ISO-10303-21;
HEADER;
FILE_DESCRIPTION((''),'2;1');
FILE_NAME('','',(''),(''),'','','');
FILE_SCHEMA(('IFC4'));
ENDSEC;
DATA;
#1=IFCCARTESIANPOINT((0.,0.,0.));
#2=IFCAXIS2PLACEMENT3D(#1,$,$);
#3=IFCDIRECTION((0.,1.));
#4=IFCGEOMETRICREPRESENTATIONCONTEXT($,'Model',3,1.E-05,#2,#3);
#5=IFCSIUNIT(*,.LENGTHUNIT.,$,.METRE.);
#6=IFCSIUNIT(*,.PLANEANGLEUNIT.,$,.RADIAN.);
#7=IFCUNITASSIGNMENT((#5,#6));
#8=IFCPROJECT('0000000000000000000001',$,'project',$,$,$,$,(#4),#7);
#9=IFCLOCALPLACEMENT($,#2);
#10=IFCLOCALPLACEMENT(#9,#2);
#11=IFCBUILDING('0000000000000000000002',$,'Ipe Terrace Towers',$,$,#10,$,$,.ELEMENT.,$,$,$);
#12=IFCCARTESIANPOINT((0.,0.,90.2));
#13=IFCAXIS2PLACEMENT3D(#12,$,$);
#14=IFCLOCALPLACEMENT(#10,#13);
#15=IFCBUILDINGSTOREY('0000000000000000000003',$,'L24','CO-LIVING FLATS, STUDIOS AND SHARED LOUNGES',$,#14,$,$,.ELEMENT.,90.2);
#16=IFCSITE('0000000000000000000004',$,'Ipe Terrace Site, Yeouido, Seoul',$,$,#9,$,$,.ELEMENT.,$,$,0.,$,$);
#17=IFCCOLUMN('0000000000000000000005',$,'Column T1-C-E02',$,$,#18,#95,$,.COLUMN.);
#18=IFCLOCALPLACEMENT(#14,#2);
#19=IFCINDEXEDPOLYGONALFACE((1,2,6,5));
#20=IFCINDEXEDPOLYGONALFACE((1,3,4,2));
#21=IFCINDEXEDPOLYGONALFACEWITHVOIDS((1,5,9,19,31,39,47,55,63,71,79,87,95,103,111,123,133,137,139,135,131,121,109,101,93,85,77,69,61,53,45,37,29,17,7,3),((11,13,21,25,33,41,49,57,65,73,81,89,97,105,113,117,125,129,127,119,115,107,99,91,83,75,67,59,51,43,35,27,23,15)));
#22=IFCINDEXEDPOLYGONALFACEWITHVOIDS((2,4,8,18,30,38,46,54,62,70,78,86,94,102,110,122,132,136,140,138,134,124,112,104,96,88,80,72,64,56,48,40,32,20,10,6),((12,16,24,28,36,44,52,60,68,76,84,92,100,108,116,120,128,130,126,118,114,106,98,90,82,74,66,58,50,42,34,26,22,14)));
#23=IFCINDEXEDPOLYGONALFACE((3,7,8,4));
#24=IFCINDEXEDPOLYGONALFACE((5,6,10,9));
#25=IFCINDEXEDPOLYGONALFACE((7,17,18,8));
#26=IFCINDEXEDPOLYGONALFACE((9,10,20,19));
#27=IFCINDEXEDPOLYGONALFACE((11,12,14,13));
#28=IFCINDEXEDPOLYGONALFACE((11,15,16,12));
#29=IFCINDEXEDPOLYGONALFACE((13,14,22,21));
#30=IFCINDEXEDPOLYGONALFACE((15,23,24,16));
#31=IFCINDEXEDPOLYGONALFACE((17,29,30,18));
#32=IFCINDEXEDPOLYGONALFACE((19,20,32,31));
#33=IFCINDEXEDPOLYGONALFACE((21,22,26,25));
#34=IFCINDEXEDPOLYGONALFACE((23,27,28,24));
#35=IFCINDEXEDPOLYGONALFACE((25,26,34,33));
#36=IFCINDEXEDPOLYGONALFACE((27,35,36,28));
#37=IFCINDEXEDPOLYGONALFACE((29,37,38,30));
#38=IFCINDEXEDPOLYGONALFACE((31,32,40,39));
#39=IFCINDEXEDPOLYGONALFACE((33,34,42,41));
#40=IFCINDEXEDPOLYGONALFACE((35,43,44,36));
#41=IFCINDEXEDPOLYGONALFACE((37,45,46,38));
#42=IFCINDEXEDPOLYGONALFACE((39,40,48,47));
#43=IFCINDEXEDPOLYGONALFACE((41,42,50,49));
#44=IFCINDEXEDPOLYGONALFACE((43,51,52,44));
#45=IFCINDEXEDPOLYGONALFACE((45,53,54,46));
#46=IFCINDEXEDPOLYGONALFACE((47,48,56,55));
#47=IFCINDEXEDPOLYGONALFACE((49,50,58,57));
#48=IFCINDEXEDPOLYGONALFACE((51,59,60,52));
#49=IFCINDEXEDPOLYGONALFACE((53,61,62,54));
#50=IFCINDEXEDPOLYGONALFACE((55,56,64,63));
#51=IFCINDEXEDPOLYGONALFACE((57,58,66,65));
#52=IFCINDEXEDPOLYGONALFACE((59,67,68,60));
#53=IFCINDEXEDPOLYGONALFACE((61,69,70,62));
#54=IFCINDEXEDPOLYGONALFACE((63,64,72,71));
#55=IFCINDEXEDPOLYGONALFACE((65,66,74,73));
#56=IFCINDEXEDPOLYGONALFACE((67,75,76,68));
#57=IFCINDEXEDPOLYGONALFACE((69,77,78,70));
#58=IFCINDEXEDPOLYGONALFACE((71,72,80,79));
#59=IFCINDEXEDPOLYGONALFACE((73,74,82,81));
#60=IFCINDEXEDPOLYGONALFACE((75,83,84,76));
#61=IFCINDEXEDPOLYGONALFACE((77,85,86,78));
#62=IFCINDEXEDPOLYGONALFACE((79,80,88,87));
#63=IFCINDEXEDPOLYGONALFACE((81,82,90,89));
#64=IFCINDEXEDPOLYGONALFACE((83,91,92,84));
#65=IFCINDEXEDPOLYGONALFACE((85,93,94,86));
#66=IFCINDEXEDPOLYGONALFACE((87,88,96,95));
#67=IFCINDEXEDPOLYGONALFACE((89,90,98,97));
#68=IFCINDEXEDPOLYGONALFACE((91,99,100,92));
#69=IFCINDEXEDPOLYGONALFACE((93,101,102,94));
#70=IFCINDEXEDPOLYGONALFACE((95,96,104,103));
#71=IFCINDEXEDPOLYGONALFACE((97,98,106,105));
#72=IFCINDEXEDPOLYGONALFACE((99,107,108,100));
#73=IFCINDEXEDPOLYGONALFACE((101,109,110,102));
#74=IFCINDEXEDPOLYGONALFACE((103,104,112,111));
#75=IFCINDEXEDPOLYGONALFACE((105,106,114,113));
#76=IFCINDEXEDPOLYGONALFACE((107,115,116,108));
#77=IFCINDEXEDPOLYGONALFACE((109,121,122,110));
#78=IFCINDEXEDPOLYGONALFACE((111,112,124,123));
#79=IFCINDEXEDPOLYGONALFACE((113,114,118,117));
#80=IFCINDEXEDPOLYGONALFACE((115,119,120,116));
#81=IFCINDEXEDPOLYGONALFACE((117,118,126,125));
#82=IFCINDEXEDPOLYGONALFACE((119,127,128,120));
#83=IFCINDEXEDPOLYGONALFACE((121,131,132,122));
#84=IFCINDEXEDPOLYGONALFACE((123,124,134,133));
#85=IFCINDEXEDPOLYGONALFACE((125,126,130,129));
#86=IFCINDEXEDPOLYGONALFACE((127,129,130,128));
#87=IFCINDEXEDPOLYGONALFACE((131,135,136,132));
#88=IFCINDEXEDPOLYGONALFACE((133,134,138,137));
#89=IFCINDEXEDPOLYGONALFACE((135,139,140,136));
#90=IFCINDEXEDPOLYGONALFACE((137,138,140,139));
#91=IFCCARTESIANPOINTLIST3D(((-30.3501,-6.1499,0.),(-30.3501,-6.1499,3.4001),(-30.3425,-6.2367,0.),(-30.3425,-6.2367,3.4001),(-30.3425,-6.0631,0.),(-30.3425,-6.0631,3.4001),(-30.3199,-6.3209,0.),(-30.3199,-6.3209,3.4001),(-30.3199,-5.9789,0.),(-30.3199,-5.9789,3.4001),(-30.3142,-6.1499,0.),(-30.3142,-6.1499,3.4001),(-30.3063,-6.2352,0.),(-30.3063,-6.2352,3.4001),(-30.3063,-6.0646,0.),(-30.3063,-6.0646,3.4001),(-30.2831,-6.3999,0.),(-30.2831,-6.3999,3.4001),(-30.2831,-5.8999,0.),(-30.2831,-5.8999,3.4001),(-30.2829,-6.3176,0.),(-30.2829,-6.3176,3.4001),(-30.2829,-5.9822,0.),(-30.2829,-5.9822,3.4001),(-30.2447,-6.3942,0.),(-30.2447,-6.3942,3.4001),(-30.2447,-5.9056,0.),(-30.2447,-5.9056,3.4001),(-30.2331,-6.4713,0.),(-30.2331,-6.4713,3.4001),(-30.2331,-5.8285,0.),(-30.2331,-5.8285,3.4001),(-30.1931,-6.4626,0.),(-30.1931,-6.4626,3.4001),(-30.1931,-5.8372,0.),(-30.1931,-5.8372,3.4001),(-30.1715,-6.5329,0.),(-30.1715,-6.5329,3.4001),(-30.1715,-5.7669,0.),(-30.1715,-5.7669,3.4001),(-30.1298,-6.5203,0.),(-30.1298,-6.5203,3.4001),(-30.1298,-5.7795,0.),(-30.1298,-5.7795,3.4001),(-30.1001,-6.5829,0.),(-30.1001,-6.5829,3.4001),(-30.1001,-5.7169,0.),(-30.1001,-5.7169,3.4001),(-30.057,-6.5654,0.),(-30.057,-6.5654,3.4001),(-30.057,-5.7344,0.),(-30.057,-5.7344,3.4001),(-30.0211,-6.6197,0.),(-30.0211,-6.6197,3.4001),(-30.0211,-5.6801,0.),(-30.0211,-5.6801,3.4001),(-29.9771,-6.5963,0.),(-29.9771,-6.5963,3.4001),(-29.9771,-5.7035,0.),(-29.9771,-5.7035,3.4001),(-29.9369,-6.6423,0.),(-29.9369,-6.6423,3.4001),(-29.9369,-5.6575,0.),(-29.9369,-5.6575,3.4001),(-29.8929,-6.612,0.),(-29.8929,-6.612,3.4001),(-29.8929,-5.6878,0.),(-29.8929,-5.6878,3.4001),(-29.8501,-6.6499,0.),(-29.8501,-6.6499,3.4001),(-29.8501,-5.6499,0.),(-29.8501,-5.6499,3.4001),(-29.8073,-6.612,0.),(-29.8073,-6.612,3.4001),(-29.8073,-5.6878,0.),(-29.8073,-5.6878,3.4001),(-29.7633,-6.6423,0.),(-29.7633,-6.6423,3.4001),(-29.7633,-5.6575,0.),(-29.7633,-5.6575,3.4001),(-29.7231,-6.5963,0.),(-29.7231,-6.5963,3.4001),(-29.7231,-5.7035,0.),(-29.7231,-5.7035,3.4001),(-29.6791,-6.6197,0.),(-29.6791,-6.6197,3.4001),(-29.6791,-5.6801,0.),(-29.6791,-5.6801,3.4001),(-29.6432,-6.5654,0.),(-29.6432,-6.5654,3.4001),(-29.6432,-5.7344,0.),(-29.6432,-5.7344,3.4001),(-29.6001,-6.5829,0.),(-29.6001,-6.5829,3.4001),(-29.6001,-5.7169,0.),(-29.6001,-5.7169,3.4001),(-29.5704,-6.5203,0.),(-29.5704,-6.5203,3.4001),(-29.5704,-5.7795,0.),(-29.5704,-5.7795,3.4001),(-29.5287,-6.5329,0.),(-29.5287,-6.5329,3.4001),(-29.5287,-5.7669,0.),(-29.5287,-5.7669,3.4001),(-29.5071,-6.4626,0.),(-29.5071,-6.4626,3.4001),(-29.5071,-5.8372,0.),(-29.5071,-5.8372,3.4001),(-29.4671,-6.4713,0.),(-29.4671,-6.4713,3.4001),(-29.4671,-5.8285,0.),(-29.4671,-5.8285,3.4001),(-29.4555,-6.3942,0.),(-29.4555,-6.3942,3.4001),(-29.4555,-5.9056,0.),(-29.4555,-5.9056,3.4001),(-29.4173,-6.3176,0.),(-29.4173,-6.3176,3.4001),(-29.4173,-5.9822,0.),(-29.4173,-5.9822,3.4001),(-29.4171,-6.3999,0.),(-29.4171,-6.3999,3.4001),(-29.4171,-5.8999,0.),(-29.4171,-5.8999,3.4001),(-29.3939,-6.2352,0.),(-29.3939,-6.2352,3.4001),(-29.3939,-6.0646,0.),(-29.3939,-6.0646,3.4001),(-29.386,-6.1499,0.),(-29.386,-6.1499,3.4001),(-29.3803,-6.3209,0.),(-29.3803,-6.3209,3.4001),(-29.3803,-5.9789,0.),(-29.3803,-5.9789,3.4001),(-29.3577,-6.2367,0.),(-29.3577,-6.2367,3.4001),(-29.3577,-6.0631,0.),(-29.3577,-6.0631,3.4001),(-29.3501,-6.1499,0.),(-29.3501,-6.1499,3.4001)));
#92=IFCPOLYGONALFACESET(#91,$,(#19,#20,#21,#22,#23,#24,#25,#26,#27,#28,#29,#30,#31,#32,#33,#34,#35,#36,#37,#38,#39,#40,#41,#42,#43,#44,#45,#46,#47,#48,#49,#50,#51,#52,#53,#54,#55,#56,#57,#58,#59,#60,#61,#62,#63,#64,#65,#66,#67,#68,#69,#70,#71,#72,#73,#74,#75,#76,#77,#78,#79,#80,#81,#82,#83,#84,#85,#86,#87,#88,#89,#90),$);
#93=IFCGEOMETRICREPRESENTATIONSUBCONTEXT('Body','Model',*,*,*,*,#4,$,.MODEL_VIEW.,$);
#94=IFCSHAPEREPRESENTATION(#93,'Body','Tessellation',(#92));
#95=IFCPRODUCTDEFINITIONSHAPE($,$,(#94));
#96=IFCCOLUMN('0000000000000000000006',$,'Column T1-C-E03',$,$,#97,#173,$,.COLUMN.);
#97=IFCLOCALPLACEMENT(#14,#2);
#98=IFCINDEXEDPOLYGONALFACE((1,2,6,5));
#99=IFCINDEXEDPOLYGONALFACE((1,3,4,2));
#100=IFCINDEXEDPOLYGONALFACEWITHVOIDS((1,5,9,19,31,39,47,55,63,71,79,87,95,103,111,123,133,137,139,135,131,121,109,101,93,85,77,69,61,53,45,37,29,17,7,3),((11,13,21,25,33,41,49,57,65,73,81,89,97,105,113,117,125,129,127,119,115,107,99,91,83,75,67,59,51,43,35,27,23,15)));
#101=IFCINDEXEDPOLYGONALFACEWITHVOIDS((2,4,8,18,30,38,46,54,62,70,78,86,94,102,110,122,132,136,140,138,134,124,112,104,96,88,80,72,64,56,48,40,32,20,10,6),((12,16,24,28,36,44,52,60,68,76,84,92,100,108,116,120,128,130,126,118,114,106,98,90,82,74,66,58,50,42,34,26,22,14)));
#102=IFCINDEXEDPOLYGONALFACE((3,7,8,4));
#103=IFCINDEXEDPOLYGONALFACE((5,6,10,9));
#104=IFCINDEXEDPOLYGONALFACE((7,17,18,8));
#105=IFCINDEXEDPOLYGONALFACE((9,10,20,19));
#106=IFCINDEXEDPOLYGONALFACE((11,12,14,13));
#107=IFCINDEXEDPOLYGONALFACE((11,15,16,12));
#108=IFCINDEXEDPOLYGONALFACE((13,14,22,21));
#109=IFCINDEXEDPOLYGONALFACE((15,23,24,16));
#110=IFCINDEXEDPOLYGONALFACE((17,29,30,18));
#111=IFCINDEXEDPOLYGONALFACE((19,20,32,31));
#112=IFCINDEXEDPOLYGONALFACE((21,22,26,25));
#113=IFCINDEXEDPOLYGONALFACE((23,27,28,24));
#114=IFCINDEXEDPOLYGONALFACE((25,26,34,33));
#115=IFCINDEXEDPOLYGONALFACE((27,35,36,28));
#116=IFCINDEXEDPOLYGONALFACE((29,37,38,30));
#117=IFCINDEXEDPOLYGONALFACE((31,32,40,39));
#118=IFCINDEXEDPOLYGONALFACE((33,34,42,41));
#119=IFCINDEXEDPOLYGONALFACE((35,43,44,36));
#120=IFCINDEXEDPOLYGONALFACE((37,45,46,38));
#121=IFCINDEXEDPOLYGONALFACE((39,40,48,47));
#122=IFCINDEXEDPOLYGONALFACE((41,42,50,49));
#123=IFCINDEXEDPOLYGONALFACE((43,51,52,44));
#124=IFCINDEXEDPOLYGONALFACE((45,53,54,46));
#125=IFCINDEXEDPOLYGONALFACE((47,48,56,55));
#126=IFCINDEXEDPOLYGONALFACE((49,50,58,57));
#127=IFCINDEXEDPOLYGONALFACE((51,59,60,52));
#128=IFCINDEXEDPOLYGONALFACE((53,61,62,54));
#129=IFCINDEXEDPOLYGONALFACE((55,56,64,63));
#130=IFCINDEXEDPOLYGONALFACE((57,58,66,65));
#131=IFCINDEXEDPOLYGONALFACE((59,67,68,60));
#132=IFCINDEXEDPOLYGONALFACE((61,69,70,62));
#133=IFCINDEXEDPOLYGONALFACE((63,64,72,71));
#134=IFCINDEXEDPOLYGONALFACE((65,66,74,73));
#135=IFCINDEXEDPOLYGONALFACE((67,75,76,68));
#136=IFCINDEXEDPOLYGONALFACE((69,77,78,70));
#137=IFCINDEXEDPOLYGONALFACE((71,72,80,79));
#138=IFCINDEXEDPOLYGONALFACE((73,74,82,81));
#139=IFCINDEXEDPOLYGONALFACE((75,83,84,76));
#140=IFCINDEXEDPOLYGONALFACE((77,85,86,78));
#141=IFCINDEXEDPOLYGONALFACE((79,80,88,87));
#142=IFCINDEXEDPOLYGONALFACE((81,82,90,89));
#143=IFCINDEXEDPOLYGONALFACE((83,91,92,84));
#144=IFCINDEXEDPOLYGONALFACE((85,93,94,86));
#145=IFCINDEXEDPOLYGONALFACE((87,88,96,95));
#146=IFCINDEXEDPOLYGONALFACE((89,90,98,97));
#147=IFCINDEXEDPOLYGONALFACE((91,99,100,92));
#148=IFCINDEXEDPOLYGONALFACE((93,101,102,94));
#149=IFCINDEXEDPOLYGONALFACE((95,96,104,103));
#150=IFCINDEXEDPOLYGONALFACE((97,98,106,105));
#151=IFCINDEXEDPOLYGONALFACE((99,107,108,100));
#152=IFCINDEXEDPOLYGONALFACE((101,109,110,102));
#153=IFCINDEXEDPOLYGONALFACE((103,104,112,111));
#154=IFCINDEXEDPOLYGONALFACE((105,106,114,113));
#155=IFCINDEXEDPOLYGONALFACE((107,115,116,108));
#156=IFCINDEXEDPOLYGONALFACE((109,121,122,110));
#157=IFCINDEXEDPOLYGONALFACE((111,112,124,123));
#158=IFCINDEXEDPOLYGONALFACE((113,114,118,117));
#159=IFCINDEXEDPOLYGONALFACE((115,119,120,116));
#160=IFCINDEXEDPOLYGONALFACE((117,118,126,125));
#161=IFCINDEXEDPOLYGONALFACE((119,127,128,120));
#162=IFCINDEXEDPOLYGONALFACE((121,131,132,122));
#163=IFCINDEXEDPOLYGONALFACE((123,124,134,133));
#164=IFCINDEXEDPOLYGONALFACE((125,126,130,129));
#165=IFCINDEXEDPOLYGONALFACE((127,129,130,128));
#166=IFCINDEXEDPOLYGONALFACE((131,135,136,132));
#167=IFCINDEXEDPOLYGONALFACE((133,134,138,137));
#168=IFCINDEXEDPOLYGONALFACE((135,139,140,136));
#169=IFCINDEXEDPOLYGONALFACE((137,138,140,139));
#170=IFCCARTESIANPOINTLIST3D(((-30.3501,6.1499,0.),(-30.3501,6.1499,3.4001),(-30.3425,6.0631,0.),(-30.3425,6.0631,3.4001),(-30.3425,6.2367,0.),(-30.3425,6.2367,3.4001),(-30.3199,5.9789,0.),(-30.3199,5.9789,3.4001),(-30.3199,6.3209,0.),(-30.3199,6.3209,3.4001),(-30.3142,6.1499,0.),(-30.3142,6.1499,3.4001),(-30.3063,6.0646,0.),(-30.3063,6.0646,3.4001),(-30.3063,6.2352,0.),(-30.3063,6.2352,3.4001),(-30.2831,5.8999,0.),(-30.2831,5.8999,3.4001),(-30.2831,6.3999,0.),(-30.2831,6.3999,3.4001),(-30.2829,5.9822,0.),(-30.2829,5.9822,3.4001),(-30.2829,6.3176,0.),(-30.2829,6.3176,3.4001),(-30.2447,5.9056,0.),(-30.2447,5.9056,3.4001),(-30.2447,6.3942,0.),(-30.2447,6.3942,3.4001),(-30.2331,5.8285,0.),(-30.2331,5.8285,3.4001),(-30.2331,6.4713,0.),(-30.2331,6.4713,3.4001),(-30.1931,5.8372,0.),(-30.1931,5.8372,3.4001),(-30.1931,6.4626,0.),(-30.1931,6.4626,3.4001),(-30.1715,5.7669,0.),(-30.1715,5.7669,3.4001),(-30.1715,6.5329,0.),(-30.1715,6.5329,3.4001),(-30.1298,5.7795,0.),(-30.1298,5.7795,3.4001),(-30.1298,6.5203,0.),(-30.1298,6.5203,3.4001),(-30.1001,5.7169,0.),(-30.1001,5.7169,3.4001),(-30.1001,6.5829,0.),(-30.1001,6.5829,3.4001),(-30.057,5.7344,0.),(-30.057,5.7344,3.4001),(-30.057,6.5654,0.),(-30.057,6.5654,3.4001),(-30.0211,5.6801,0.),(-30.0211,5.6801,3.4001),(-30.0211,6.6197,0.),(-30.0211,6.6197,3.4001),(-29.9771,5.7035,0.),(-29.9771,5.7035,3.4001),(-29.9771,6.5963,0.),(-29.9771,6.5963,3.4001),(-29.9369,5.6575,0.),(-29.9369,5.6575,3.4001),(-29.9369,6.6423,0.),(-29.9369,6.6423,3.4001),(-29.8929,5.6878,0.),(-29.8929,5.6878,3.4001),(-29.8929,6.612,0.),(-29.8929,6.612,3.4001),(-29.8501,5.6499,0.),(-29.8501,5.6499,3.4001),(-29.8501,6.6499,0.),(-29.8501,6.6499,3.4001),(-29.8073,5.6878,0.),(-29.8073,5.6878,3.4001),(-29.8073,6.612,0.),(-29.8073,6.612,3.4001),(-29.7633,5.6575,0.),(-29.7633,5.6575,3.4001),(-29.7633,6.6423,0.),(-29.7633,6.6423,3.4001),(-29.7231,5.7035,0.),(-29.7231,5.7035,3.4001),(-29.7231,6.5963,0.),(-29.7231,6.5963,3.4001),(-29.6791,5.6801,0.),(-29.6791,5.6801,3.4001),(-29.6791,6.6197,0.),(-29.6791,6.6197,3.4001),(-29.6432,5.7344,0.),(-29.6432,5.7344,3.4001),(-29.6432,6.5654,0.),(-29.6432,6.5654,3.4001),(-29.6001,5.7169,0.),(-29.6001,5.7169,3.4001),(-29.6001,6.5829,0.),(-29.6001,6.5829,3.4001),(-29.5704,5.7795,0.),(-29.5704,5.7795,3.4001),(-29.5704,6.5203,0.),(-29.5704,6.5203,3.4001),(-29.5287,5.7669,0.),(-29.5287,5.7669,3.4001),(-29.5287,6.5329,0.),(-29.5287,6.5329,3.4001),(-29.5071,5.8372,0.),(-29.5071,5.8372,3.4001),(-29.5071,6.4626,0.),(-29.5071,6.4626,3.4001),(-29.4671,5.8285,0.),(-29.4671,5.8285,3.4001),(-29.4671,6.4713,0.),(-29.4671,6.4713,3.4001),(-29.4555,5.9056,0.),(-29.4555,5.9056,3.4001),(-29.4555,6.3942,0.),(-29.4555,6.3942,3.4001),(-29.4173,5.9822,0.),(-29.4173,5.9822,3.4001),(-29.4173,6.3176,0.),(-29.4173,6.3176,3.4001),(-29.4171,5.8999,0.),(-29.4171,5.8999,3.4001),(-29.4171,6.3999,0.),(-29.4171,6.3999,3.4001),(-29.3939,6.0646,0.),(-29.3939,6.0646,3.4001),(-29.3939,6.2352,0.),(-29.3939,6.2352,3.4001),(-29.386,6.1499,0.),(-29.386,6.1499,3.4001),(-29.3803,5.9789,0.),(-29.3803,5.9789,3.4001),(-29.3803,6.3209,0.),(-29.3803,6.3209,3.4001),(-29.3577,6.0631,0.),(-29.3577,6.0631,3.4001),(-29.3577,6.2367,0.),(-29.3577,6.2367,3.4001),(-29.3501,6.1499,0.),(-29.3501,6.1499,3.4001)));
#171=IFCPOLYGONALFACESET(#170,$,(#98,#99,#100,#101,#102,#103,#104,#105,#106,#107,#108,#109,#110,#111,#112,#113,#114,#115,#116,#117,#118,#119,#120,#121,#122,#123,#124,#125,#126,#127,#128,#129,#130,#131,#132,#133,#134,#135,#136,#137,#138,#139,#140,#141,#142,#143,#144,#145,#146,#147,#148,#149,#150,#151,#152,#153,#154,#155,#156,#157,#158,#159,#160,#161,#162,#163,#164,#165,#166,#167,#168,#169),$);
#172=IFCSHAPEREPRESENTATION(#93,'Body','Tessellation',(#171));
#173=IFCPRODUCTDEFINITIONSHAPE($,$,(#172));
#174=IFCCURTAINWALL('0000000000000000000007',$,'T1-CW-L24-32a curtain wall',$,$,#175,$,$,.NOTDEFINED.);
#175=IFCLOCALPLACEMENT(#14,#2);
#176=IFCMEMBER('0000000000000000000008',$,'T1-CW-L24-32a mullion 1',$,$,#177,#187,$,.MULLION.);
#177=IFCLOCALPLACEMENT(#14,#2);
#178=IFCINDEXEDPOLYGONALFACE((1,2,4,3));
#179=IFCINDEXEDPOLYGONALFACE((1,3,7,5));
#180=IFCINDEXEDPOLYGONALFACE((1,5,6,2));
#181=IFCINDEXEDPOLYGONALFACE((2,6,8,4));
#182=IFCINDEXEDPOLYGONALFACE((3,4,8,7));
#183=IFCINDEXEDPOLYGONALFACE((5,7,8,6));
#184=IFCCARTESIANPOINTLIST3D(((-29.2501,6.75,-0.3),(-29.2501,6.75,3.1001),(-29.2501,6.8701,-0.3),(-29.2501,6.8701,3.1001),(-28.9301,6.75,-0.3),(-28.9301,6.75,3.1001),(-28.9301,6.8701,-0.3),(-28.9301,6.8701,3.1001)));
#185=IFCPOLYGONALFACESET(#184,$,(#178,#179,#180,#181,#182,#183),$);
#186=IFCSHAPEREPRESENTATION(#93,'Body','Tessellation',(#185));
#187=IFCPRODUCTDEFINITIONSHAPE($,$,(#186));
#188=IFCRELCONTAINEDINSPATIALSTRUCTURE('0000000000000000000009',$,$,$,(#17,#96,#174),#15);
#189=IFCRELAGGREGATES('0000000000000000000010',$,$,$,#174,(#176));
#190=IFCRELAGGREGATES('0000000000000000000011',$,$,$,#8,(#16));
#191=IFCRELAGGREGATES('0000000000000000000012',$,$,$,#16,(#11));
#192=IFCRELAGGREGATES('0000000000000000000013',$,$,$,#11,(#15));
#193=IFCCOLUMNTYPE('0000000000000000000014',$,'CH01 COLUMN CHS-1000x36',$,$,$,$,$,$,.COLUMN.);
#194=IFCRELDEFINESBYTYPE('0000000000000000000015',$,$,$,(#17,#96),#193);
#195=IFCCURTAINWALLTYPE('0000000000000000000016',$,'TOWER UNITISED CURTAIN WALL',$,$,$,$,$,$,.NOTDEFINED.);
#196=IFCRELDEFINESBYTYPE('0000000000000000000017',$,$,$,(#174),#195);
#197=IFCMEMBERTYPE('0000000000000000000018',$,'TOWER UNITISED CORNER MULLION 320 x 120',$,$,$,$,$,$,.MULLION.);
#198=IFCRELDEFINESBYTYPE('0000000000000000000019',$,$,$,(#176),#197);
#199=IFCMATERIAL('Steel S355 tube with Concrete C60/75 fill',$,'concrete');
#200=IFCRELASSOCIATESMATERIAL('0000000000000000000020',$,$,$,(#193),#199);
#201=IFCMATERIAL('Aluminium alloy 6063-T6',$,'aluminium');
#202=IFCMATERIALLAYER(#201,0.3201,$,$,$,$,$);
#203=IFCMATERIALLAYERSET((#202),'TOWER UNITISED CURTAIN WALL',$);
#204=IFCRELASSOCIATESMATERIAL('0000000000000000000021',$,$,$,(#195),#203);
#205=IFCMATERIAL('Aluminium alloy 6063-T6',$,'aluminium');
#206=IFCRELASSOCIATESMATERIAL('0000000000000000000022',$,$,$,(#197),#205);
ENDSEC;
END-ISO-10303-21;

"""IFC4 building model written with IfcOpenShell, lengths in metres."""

from ifc_helpers import new_model, si_unit, direction, frame, origin, origin_2d, place, context, subcontext, project, spatial, rectangle, hollow_circle, extrude, material, layer, layer_set, material_profile, profile_set, type_object, element, aggregate, save


model = new_model("IFC4")

# Units and contexts
model_context = context("Model", 3, precision=1e-05, world=origin(), true_north=direction((0.0, 1.0)))
body_context = subcontext(model_context, "Body", "Model", "MODEL_VIEW")
ifc_project = project(units=[si_unit("LENGTHUNIT", "METRE"), si_unit("PLANEANGLEUNIT", "RADIAN")], contexts=[model_context])

# Site, building, storey
site_placement = place(None, origin())
site = spatial("IfcSite", under=ifc_project, at=site_placement, Name="Ipe Terrace Site, Yeouido, Seoul", CompositionType="ELEMENT", RefElevation=0.0)
building_placement = place(site_placement, origin())
building = spatial("IfcBuilding", under=site, at=building_placement, Name="Ipe Terrace Towers", CompositionType="ELEMENT")
storey_placement = place(building_placement, frame((0.0, 0.0, 90.2)))
storey = spatial("IfcBuildingStorey", under=building, at=storey_placement, Name="L24", Description="CO-LIVING FLATS, STUDIOS AND SHARED LOUNGES", CompositionType="ELEMENT", Elevation=90.2)

# Columns
ifc_material_1 = material(Name="Steel S355 tube with Concrete C60/75 fill", Category="concrete")
ifc_material_profile_1 = material_profile(ifc_material_1, hollow_circle(Radius=0.5, WallThickness=0.0359, at=origin_2d()), Name="CHS-1000x36")
ifc_profile_set_1 = profile_set([ifc_material_profile_1], Name="Steel S355 tube with Concrete C60/75 fill")
column_type = type_object("IfcColumnType", Name="CH01 COLUMN CHS-1000x36", PredefinedType="COLUMN", material=ifc_profile_set_1)
for number, where, z_axis, x_axis, name in (
    (1, (-29.8501, -6.1499, 0.0), (0.0, 0.0, 1.0), (1.0, 0.0, 0.0), "Column T1-C-E02"),
    (2, (-29.8501, 6.1499, 0.0), (0.0, 0.0, 1.0), (1.0, 0.0, 0.0), "Column T1-C-E03"),
):
    element("IfcColumn", number, at=place(storey_placement, frame(where, z_axis=z_axis, x_axis=x_axis)), inside=storey, type_object=column_type, Name=name, PredefinedType="COLUMN", context=body_context, shape_type="SweptSolid", body=[
        extrude(hollow_circle(Radius=0.5, WallThickness=0.0359, at=origin_2d()), origin(), (0.0, 0.0, 1.0), 3.4001),
    ])

# Curtain wall, member
ifc_material_2 = material(Name="Aluminium alloy 6063-T6", Category="aluminium")
ifc_layer_1 = layer(ifc_material_2, 0.3201)
ifc_layer_set_1 = layer_set([ifc_layer_1], Name="TOWER UNITISED CURTAIN WALL")
curtain_wall_type = type_object("IfcCurtainWallType", Name="TOWER UNITISED CURTAIN WALL", PredefinedType="NOTDEFINED", material=ifc_layer_set_1)
curtain_wall_placement = place(storey_placement, origin())
curtain_wall = element("IfcCurtainWall", 3, at=curtain_wall_placement, inside=storey, type_object=curtain_wall_type, Name="T1-CW-L24-32a curtain wall", PredefinedType="NOTDEFINED")
ifc_material_3 = material(Name="Aluminium alloy 6063-T6", Category="aluminium")
ifc_material_profile_2 = material_profile(ifc_material_3, rectangle(XDim=0.3201, YDim=0.1201, at=origin_2d()), Name="TOWER UNITISED CORNER MULLION 320 x 120")
ifc_profile_set_2 = profile_set([ifc_material_profile_2], Name="Aluminium alloy 6063-T6")
member_type = type_object("IfcMemberType", Name="TOWER UNITISED CORNER MULLION 320 x 120", PredefinedType="MULLION", material=ifc_profile_set_2)
member_placement = place(storey_placement, frame((-29.0901, 6.8101, -0.3), z_axis=(0.0, 0.0, 1.0), x_axis=(1.0, 0.0, 0.0)))
member = element("IfcMember", 4, at=member_placement, type_object=member_type, Name="T1-CW-L24-32a mullion 1", PredefinedType="MULLION", context=body_context, shape_type="SweptSolid", body=[
    extrude(rectangle(XDim=0.3201, YDim=0.1201, at=origin_2d()), origin(), (0.0, 0.0, 1.0), 3.4001),
])
aggregate(curtain_wall, [member])

save(model, "model.ifc")
